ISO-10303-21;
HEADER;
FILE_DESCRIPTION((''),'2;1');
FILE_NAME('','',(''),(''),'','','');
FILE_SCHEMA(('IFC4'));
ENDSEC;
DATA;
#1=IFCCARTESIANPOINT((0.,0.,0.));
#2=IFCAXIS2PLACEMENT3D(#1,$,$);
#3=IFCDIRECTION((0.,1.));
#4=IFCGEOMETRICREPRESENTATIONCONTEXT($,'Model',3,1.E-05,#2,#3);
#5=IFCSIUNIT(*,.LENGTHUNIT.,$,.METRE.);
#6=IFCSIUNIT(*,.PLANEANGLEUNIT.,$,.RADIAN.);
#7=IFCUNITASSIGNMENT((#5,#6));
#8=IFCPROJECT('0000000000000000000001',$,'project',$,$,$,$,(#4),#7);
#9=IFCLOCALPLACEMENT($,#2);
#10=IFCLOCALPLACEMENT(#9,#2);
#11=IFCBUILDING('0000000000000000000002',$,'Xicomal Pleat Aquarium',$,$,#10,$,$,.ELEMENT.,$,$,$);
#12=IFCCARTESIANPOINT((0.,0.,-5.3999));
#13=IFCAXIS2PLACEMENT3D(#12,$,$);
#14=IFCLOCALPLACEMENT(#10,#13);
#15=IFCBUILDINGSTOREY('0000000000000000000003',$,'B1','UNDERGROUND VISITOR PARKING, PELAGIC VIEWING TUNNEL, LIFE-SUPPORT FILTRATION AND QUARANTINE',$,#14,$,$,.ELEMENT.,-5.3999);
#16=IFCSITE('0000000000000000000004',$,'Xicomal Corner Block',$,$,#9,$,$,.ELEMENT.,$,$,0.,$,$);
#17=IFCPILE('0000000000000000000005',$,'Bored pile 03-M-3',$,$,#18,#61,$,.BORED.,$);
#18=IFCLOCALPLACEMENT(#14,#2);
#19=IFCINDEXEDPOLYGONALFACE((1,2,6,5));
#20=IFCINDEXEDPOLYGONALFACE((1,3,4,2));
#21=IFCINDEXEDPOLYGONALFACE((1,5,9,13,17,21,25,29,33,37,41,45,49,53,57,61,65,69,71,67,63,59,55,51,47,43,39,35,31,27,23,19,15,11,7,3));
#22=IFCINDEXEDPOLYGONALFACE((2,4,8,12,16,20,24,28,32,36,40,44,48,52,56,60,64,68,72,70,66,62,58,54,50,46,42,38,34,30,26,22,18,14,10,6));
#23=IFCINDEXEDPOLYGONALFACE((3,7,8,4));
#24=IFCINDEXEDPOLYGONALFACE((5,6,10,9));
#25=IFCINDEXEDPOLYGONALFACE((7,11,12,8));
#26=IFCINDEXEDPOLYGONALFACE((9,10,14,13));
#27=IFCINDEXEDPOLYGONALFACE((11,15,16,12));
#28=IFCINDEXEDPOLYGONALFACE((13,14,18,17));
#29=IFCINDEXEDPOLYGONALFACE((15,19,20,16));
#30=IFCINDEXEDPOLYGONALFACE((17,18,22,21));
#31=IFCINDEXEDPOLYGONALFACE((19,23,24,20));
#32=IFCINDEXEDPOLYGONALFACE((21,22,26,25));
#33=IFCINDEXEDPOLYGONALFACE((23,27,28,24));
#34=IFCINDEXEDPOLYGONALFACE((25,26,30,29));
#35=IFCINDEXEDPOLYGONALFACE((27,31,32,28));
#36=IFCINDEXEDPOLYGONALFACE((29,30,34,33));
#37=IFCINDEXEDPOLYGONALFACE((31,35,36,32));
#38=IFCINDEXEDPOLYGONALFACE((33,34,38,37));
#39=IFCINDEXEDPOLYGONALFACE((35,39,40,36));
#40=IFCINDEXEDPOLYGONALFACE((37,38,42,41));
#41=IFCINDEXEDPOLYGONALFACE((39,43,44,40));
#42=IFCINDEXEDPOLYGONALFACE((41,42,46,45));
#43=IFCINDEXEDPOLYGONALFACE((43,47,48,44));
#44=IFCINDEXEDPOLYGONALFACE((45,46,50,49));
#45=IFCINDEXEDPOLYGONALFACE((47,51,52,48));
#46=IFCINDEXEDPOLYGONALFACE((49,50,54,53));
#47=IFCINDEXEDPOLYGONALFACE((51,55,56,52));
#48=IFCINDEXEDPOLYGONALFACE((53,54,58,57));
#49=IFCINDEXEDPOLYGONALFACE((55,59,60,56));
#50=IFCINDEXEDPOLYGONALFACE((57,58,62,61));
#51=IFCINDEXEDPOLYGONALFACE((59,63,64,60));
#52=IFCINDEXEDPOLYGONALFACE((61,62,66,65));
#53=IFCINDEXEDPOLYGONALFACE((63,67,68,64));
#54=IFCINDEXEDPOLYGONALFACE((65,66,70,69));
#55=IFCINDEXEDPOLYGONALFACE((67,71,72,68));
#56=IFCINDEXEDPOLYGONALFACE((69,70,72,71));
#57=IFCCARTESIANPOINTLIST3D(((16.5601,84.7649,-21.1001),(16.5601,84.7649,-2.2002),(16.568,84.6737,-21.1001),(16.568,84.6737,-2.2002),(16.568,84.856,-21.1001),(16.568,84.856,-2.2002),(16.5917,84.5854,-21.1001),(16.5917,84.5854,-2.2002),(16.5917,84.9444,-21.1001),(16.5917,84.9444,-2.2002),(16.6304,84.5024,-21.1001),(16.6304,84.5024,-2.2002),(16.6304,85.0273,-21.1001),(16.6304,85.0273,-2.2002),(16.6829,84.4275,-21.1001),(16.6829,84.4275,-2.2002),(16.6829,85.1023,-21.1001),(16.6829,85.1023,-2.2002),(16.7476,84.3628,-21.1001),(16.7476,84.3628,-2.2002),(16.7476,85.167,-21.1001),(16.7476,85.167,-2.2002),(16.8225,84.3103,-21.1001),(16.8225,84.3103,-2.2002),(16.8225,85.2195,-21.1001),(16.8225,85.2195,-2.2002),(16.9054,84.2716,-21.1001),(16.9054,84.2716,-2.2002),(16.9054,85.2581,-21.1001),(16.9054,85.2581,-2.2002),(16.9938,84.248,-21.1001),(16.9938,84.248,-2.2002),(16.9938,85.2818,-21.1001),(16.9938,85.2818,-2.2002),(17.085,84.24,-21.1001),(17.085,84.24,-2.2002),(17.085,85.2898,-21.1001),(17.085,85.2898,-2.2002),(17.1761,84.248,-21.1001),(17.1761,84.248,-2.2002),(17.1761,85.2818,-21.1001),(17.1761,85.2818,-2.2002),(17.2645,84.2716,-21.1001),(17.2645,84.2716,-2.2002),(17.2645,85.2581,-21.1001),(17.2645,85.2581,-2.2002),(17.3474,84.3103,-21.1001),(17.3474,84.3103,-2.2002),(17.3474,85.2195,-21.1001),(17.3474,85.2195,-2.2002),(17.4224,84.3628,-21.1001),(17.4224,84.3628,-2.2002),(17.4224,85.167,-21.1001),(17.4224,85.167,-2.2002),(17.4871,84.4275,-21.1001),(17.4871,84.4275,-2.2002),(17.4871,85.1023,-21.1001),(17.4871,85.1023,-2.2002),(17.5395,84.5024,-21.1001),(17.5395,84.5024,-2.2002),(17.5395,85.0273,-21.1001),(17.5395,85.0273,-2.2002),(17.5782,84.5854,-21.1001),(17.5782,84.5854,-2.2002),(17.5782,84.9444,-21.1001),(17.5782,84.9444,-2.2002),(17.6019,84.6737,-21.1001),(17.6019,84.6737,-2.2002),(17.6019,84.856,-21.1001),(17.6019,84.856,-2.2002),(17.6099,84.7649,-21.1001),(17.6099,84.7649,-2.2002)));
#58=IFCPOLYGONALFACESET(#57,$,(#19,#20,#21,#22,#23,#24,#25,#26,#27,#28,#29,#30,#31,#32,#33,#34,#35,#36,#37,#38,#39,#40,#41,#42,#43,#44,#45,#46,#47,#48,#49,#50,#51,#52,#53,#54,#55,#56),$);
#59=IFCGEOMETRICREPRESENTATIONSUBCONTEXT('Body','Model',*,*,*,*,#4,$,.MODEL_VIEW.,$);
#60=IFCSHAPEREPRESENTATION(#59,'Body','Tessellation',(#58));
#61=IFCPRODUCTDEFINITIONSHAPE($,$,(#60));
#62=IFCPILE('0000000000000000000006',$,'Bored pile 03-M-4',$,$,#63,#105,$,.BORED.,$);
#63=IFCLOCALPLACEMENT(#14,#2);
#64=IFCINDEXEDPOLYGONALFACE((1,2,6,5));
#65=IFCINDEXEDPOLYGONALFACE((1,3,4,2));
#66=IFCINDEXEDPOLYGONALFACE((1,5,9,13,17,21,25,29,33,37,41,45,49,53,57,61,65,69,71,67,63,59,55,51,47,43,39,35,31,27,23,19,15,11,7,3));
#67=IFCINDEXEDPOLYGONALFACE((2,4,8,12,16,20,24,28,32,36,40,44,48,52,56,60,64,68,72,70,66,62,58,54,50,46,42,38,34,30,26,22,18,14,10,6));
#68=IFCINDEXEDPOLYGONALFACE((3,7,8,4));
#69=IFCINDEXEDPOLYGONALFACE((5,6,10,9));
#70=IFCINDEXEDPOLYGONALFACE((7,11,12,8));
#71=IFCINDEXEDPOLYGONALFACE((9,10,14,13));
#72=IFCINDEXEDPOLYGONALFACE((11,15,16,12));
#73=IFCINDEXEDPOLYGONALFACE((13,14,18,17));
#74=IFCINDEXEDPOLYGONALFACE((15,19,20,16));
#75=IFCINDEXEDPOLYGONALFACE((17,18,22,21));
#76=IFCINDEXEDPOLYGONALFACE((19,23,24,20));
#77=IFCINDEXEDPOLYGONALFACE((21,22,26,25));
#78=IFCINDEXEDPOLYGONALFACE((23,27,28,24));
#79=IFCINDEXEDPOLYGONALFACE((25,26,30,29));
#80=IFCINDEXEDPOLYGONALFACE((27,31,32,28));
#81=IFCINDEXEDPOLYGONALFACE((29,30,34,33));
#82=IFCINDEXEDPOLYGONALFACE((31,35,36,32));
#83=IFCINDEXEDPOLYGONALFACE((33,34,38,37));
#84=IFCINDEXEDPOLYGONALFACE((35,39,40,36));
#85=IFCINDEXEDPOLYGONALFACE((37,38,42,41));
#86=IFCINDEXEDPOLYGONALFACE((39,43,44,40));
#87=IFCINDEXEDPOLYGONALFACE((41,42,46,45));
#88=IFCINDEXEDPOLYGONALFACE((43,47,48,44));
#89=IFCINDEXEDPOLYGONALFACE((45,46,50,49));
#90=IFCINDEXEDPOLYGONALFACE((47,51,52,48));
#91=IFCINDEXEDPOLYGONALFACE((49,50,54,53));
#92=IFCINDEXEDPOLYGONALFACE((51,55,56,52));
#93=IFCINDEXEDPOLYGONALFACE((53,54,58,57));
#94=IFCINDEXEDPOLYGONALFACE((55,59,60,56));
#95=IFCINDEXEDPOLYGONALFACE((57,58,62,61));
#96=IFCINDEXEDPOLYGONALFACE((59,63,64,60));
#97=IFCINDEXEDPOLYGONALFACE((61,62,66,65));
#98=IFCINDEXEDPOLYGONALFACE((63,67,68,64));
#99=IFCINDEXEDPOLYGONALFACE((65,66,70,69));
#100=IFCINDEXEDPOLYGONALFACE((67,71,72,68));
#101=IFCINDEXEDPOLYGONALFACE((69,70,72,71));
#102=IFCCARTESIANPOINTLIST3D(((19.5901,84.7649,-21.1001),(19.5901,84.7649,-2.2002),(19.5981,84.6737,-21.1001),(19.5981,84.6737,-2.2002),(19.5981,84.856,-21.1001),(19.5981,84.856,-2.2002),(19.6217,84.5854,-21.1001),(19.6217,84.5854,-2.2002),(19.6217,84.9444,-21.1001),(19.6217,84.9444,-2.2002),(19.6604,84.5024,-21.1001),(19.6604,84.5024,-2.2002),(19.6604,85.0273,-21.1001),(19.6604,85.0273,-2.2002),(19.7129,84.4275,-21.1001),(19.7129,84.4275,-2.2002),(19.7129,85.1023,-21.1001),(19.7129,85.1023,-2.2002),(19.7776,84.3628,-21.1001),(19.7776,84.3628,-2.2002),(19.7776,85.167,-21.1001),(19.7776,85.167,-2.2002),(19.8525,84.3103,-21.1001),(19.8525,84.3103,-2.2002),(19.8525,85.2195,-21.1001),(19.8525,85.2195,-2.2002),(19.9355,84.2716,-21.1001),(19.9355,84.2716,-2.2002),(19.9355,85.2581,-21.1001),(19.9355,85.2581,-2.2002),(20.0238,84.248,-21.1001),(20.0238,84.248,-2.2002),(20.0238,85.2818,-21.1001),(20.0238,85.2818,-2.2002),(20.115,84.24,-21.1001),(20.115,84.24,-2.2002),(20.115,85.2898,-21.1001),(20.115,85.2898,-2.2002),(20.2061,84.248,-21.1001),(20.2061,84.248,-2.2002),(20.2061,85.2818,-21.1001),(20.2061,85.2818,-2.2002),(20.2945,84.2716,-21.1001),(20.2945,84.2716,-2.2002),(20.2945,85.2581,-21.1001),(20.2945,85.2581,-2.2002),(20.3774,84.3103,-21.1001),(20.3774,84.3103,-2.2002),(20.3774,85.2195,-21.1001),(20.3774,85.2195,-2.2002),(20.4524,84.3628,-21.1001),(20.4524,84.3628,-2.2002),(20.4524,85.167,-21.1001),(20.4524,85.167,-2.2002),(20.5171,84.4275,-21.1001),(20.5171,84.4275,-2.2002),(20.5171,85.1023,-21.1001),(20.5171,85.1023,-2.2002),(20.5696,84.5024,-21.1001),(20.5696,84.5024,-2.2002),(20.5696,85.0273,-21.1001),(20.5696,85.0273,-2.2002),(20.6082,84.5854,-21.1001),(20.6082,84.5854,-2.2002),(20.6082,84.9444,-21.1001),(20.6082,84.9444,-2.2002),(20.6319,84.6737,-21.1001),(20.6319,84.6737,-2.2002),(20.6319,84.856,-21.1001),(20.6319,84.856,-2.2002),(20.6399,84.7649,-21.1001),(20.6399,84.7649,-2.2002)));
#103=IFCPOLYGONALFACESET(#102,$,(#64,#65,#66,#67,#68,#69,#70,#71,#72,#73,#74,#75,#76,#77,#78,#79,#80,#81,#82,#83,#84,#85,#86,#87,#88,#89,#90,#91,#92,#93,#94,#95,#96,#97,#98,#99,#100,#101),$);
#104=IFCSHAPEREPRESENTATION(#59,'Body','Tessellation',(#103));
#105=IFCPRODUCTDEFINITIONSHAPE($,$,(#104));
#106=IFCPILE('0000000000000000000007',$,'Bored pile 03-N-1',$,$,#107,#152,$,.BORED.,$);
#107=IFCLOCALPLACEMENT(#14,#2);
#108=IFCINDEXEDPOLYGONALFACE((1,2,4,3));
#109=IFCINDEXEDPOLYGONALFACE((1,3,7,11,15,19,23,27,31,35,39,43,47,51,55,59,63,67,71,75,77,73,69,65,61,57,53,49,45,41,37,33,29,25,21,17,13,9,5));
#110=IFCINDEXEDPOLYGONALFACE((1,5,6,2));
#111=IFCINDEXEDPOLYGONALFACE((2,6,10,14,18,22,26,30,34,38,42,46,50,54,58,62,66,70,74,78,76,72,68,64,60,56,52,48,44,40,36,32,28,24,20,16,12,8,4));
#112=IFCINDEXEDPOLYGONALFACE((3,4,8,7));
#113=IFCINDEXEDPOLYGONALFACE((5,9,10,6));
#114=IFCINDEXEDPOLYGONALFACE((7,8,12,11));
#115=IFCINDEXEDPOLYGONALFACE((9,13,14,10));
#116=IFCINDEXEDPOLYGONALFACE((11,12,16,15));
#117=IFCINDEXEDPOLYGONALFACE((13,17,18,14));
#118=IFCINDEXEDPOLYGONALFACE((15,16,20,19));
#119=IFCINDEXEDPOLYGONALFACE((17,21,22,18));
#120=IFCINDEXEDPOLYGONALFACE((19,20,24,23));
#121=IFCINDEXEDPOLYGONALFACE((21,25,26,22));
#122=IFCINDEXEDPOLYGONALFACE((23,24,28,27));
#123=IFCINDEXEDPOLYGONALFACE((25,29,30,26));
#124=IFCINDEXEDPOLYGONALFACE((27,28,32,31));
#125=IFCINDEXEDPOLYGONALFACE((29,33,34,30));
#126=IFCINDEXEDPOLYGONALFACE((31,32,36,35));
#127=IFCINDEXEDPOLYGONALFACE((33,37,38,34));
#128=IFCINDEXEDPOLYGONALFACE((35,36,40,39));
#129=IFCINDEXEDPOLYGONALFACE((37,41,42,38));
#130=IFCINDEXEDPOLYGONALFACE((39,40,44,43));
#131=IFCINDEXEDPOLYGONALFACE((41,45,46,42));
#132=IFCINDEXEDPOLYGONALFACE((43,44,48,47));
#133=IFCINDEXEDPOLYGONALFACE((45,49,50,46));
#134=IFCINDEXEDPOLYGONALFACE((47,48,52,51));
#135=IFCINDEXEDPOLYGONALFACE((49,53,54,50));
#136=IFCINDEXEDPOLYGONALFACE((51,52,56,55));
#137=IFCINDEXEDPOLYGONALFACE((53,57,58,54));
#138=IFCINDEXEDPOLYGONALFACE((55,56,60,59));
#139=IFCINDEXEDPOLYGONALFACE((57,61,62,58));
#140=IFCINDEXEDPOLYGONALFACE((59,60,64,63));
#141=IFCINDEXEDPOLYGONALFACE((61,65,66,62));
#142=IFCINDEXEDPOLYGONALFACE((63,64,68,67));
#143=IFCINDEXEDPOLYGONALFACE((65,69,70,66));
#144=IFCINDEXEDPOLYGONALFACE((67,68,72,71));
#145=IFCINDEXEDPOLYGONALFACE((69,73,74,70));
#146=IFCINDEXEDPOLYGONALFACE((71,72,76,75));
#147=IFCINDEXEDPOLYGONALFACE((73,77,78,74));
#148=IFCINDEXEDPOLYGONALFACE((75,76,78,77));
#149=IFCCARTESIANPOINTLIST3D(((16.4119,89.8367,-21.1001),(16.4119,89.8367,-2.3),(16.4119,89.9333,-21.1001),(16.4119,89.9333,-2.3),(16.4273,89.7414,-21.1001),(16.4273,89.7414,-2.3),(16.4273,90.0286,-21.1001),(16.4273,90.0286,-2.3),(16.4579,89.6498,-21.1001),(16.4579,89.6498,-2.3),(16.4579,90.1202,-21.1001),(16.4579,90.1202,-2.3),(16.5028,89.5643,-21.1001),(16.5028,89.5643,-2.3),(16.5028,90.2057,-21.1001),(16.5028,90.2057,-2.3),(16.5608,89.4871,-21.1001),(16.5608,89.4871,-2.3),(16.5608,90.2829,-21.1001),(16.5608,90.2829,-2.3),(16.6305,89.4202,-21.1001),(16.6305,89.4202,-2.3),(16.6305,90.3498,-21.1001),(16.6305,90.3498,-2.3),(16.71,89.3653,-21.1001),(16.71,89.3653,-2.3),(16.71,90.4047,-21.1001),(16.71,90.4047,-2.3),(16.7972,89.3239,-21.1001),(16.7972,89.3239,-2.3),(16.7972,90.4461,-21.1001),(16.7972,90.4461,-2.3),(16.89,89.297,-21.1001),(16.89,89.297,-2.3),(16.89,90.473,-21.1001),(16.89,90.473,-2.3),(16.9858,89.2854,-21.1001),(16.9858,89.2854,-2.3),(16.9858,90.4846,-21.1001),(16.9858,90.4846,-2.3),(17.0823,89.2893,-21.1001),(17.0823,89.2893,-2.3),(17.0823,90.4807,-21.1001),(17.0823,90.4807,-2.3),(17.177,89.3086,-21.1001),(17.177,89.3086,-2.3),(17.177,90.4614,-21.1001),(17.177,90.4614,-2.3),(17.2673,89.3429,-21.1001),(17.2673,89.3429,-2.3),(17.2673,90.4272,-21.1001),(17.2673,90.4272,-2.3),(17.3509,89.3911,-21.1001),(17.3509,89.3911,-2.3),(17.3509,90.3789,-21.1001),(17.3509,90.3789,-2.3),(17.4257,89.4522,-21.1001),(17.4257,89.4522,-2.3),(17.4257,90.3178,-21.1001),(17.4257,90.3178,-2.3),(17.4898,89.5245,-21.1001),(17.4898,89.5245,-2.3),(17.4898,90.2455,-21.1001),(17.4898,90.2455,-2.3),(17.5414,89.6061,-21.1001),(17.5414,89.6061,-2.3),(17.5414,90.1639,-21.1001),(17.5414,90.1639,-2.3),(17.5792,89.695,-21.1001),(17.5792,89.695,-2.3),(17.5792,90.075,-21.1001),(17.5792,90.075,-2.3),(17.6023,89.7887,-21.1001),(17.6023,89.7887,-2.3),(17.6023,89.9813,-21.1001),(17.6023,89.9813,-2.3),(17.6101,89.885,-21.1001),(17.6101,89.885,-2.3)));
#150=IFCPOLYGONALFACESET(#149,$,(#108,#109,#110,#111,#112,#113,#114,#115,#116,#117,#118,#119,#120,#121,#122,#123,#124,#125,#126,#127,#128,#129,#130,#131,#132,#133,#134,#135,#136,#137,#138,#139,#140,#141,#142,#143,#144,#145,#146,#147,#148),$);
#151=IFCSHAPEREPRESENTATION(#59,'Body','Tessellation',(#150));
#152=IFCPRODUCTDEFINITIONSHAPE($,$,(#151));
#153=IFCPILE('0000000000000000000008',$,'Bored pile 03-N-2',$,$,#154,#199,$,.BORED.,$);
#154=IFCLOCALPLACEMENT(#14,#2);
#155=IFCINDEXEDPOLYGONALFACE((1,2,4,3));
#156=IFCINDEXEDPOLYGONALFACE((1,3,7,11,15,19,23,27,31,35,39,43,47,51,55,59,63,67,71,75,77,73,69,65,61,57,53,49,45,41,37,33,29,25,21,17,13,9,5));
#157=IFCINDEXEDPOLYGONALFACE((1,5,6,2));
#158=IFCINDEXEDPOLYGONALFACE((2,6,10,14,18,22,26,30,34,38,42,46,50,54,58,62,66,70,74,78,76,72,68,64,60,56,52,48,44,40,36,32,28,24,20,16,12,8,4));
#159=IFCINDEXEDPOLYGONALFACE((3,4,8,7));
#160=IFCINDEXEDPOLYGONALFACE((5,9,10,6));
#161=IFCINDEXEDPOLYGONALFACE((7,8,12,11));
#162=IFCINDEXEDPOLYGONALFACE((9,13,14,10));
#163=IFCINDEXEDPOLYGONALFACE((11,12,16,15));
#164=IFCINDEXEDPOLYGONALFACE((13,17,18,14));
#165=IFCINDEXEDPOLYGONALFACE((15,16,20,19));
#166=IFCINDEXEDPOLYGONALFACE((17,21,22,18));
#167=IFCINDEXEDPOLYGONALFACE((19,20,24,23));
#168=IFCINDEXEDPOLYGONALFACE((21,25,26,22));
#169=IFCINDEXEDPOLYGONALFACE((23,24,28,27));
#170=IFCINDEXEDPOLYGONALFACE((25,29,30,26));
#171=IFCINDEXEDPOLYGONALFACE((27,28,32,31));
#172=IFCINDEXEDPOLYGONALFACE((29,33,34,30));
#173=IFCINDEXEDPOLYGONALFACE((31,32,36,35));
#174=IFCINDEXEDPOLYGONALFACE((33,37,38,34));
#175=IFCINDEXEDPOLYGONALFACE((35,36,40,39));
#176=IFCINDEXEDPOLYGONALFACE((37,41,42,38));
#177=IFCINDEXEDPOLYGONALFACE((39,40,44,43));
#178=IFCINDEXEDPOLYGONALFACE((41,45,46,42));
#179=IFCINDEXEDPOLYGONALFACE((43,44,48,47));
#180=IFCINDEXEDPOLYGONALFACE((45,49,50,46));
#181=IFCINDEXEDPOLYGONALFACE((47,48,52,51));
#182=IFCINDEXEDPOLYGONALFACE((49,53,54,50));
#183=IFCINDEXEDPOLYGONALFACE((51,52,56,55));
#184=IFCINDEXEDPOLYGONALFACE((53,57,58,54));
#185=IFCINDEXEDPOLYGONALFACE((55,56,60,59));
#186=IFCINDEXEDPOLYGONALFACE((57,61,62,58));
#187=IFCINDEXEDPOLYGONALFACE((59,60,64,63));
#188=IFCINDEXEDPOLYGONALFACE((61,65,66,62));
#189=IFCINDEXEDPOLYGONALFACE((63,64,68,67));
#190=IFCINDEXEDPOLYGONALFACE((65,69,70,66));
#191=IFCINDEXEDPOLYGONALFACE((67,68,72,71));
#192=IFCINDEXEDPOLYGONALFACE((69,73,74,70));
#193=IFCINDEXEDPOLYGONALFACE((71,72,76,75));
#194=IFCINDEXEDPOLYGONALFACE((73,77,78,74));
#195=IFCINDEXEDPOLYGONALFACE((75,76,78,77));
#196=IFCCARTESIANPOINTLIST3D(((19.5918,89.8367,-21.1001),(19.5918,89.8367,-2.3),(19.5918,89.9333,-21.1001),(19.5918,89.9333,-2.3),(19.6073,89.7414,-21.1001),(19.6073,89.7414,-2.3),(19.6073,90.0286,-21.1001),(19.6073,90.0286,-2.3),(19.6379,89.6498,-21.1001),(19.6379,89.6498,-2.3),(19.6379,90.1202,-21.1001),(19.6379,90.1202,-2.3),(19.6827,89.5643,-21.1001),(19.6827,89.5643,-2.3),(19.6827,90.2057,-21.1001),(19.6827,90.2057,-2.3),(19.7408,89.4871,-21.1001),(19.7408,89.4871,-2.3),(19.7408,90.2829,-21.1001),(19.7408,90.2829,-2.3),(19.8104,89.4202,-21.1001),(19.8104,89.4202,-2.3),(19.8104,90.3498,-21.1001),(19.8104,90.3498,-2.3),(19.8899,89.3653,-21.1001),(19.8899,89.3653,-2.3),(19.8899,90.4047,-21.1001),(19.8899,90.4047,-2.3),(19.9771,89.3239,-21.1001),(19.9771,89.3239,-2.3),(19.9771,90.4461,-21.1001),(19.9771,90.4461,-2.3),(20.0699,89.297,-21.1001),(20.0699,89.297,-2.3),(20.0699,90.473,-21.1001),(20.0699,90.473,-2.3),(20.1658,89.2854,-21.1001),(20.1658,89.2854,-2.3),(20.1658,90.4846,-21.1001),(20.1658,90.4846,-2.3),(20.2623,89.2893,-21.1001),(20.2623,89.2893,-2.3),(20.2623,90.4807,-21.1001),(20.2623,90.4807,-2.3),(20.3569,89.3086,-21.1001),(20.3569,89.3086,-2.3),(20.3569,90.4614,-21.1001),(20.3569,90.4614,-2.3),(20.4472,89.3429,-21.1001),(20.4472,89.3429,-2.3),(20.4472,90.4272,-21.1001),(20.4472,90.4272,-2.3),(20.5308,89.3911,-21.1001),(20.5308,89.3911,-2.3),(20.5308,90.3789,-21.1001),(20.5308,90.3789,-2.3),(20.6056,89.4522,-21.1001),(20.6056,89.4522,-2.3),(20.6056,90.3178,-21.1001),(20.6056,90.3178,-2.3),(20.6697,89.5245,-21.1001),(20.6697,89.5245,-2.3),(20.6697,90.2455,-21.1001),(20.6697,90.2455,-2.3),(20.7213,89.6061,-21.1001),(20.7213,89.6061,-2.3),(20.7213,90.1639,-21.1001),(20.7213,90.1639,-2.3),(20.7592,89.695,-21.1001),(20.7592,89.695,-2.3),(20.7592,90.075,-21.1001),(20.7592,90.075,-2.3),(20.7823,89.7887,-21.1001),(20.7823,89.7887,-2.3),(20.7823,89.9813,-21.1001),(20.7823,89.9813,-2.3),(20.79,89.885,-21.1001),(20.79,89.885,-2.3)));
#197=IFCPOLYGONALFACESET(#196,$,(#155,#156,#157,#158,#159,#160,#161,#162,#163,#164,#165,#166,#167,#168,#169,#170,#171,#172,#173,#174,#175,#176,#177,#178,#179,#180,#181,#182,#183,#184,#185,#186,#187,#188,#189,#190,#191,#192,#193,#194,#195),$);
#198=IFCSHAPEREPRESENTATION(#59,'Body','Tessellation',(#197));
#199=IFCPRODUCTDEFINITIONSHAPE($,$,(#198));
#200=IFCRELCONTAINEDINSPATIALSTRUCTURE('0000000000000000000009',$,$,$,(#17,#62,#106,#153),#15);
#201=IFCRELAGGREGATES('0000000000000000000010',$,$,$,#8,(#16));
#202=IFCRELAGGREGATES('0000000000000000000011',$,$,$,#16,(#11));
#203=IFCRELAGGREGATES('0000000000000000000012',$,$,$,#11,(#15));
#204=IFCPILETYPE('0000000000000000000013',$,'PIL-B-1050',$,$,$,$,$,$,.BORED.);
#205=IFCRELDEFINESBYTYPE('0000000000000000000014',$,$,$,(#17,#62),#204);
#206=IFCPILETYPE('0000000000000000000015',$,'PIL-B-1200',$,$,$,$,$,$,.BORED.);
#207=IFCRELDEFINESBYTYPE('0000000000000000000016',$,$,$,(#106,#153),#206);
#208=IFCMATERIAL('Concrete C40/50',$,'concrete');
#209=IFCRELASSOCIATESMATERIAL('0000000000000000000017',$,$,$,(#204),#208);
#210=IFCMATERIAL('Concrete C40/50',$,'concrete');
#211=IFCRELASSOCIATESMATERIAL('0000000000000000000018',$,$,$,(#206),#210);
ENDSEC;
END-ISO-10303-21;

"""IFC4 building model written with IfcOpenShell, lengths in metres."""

from ifc_helpers import new_model, si_unit, direction, frame, origin, origin_2d, place, context, subcontext, project, spatial, circle, extrude, material, material_profile, profile_set, type_object, element, save


model = new_model("IFC4")

# Units and contexts
model_context = context("Model", 3, precision=1e-05, world=origin(), true_north=direction((0.0, 1.0)))
body_context = subcontext(model_context, "Body", "Model", "MODEL_VIEW")
ifc_project = project(units=[si_unit("LENGTHUNIT", "METRE"), si_unit("PLANEANGLEUNIT", "RADIAN")], contexts=[model_context])

# Site, building, storey
site_placement = place(None, origin())
site = spatial("IfcSite", under=ifc_project, at=site_placement, Name="Xicomal Corner Block", CompositionType="ELEMENT", RefElevation=0.0)
building_placement = place(site_placement, origin())
building = spatial("IfcBuilding", under=site, at=building_placement, Name="Xicomal Pleat Aquarium", CompositionType="ELEMENT")
storey_placement = place(building_placement, frame((0.0, 0.0, -5.3999)))
storey = spatial("IfcBuildingStorey", under=building, at=storey_placement, Name="B1", Description="UNDERGROUND VISITOR PARKING, PELAGIC VIEWING TUNNEL, LIFE-SUPPORT FILTRATION AND QUARANTINE", CompositionType="ELEMENT", Elevation=-5.3999)

# Piles
ifc_material_1 = material(Name="Concrete C40/50", Category="concrete")
ifc_material_profile_1 = material_profile(ifc_material_1, circle(Radius=0.5249, at=origin_2d()), Name="BORED PILE D1050")
ifc_profile_set_1 = profile_set([ifc_material_profile_1], Name="Concrete C40/50")
pile_type_1 = type_object("IfcPileType", Name="PIL-B-1050", PredefinedType="BORED", material=ifc_profile_set_1)
for number, where, z_axis, x_axis, name in (
    (1, (17.085, 84.7649, -2.2002), (0.0, 0.0, -1.0), (1.0, 0.0, 0.0), "Bored pile 03-M-3"),
    (2, (20.115, 84.7649, -2.2002), (0.0, 0.0, -1.0), (1.0, 0.0, 0.0), "Bored pile 03-M-4"),
):
    element("IfcPile", number, at=place(storey_placement, frame(where, z_axis=z_axis, x_axis=x_axis)), inside=storey, type_object=pile_type_1, Name=name, PredefinedType="BORED", context=body_context, shape_type="SweptSolid", body=[
        extrude(circle(Radius=0.5249, at=origin_2d()), origin(), (0.0, 0.0, 1.0), 18.8999),
    ])
ifc_material_2 = material(Name="Concrete C40/50", Category="concrete")
ifc_material_profile_2 = material_profile(ifc_material_2, circle(Radius=0.6001, at=origin_2d()), Name="BORED PILE D1200")
ifc_profile_set_2 = profile_set([ifc_material_profile_2], Name="Concrete C40/50")
pile_type_2 = type_object("IfcPileType", Name="PIL-B-1200", PredefinedType="BORED", material=ifc_profile_set_2)
for number, where, z_axis, x_axis, name in (
    (3, (17.01, 89.885, -2.3), (0.0, 0.0, -1.0), (1.0, 0.0, 0.0), "Bored pile 03-N-1"),
    (4, (20.1899, 89.885, -2.3), (0.0, 0.0, -1.0), (1.0, 0.0, 0.0), "Bored pile 03-N-2"),
):
    element("IfcPile", number, at=place(storey_placement, frame(where, z_axis=z_axis, x_axis=x_axis)), inside=storey, type_object=pile_type_2, Name=name, PredefinedType="BORED", context=body_context, shape_type="SweptSolid", body=[
        extrude(circle(Radius=0.6001, at=origin_2d()), origin(), (0.0, 0.0, 1.0), 18.8),
    ])

save(model, "model.ifc")
